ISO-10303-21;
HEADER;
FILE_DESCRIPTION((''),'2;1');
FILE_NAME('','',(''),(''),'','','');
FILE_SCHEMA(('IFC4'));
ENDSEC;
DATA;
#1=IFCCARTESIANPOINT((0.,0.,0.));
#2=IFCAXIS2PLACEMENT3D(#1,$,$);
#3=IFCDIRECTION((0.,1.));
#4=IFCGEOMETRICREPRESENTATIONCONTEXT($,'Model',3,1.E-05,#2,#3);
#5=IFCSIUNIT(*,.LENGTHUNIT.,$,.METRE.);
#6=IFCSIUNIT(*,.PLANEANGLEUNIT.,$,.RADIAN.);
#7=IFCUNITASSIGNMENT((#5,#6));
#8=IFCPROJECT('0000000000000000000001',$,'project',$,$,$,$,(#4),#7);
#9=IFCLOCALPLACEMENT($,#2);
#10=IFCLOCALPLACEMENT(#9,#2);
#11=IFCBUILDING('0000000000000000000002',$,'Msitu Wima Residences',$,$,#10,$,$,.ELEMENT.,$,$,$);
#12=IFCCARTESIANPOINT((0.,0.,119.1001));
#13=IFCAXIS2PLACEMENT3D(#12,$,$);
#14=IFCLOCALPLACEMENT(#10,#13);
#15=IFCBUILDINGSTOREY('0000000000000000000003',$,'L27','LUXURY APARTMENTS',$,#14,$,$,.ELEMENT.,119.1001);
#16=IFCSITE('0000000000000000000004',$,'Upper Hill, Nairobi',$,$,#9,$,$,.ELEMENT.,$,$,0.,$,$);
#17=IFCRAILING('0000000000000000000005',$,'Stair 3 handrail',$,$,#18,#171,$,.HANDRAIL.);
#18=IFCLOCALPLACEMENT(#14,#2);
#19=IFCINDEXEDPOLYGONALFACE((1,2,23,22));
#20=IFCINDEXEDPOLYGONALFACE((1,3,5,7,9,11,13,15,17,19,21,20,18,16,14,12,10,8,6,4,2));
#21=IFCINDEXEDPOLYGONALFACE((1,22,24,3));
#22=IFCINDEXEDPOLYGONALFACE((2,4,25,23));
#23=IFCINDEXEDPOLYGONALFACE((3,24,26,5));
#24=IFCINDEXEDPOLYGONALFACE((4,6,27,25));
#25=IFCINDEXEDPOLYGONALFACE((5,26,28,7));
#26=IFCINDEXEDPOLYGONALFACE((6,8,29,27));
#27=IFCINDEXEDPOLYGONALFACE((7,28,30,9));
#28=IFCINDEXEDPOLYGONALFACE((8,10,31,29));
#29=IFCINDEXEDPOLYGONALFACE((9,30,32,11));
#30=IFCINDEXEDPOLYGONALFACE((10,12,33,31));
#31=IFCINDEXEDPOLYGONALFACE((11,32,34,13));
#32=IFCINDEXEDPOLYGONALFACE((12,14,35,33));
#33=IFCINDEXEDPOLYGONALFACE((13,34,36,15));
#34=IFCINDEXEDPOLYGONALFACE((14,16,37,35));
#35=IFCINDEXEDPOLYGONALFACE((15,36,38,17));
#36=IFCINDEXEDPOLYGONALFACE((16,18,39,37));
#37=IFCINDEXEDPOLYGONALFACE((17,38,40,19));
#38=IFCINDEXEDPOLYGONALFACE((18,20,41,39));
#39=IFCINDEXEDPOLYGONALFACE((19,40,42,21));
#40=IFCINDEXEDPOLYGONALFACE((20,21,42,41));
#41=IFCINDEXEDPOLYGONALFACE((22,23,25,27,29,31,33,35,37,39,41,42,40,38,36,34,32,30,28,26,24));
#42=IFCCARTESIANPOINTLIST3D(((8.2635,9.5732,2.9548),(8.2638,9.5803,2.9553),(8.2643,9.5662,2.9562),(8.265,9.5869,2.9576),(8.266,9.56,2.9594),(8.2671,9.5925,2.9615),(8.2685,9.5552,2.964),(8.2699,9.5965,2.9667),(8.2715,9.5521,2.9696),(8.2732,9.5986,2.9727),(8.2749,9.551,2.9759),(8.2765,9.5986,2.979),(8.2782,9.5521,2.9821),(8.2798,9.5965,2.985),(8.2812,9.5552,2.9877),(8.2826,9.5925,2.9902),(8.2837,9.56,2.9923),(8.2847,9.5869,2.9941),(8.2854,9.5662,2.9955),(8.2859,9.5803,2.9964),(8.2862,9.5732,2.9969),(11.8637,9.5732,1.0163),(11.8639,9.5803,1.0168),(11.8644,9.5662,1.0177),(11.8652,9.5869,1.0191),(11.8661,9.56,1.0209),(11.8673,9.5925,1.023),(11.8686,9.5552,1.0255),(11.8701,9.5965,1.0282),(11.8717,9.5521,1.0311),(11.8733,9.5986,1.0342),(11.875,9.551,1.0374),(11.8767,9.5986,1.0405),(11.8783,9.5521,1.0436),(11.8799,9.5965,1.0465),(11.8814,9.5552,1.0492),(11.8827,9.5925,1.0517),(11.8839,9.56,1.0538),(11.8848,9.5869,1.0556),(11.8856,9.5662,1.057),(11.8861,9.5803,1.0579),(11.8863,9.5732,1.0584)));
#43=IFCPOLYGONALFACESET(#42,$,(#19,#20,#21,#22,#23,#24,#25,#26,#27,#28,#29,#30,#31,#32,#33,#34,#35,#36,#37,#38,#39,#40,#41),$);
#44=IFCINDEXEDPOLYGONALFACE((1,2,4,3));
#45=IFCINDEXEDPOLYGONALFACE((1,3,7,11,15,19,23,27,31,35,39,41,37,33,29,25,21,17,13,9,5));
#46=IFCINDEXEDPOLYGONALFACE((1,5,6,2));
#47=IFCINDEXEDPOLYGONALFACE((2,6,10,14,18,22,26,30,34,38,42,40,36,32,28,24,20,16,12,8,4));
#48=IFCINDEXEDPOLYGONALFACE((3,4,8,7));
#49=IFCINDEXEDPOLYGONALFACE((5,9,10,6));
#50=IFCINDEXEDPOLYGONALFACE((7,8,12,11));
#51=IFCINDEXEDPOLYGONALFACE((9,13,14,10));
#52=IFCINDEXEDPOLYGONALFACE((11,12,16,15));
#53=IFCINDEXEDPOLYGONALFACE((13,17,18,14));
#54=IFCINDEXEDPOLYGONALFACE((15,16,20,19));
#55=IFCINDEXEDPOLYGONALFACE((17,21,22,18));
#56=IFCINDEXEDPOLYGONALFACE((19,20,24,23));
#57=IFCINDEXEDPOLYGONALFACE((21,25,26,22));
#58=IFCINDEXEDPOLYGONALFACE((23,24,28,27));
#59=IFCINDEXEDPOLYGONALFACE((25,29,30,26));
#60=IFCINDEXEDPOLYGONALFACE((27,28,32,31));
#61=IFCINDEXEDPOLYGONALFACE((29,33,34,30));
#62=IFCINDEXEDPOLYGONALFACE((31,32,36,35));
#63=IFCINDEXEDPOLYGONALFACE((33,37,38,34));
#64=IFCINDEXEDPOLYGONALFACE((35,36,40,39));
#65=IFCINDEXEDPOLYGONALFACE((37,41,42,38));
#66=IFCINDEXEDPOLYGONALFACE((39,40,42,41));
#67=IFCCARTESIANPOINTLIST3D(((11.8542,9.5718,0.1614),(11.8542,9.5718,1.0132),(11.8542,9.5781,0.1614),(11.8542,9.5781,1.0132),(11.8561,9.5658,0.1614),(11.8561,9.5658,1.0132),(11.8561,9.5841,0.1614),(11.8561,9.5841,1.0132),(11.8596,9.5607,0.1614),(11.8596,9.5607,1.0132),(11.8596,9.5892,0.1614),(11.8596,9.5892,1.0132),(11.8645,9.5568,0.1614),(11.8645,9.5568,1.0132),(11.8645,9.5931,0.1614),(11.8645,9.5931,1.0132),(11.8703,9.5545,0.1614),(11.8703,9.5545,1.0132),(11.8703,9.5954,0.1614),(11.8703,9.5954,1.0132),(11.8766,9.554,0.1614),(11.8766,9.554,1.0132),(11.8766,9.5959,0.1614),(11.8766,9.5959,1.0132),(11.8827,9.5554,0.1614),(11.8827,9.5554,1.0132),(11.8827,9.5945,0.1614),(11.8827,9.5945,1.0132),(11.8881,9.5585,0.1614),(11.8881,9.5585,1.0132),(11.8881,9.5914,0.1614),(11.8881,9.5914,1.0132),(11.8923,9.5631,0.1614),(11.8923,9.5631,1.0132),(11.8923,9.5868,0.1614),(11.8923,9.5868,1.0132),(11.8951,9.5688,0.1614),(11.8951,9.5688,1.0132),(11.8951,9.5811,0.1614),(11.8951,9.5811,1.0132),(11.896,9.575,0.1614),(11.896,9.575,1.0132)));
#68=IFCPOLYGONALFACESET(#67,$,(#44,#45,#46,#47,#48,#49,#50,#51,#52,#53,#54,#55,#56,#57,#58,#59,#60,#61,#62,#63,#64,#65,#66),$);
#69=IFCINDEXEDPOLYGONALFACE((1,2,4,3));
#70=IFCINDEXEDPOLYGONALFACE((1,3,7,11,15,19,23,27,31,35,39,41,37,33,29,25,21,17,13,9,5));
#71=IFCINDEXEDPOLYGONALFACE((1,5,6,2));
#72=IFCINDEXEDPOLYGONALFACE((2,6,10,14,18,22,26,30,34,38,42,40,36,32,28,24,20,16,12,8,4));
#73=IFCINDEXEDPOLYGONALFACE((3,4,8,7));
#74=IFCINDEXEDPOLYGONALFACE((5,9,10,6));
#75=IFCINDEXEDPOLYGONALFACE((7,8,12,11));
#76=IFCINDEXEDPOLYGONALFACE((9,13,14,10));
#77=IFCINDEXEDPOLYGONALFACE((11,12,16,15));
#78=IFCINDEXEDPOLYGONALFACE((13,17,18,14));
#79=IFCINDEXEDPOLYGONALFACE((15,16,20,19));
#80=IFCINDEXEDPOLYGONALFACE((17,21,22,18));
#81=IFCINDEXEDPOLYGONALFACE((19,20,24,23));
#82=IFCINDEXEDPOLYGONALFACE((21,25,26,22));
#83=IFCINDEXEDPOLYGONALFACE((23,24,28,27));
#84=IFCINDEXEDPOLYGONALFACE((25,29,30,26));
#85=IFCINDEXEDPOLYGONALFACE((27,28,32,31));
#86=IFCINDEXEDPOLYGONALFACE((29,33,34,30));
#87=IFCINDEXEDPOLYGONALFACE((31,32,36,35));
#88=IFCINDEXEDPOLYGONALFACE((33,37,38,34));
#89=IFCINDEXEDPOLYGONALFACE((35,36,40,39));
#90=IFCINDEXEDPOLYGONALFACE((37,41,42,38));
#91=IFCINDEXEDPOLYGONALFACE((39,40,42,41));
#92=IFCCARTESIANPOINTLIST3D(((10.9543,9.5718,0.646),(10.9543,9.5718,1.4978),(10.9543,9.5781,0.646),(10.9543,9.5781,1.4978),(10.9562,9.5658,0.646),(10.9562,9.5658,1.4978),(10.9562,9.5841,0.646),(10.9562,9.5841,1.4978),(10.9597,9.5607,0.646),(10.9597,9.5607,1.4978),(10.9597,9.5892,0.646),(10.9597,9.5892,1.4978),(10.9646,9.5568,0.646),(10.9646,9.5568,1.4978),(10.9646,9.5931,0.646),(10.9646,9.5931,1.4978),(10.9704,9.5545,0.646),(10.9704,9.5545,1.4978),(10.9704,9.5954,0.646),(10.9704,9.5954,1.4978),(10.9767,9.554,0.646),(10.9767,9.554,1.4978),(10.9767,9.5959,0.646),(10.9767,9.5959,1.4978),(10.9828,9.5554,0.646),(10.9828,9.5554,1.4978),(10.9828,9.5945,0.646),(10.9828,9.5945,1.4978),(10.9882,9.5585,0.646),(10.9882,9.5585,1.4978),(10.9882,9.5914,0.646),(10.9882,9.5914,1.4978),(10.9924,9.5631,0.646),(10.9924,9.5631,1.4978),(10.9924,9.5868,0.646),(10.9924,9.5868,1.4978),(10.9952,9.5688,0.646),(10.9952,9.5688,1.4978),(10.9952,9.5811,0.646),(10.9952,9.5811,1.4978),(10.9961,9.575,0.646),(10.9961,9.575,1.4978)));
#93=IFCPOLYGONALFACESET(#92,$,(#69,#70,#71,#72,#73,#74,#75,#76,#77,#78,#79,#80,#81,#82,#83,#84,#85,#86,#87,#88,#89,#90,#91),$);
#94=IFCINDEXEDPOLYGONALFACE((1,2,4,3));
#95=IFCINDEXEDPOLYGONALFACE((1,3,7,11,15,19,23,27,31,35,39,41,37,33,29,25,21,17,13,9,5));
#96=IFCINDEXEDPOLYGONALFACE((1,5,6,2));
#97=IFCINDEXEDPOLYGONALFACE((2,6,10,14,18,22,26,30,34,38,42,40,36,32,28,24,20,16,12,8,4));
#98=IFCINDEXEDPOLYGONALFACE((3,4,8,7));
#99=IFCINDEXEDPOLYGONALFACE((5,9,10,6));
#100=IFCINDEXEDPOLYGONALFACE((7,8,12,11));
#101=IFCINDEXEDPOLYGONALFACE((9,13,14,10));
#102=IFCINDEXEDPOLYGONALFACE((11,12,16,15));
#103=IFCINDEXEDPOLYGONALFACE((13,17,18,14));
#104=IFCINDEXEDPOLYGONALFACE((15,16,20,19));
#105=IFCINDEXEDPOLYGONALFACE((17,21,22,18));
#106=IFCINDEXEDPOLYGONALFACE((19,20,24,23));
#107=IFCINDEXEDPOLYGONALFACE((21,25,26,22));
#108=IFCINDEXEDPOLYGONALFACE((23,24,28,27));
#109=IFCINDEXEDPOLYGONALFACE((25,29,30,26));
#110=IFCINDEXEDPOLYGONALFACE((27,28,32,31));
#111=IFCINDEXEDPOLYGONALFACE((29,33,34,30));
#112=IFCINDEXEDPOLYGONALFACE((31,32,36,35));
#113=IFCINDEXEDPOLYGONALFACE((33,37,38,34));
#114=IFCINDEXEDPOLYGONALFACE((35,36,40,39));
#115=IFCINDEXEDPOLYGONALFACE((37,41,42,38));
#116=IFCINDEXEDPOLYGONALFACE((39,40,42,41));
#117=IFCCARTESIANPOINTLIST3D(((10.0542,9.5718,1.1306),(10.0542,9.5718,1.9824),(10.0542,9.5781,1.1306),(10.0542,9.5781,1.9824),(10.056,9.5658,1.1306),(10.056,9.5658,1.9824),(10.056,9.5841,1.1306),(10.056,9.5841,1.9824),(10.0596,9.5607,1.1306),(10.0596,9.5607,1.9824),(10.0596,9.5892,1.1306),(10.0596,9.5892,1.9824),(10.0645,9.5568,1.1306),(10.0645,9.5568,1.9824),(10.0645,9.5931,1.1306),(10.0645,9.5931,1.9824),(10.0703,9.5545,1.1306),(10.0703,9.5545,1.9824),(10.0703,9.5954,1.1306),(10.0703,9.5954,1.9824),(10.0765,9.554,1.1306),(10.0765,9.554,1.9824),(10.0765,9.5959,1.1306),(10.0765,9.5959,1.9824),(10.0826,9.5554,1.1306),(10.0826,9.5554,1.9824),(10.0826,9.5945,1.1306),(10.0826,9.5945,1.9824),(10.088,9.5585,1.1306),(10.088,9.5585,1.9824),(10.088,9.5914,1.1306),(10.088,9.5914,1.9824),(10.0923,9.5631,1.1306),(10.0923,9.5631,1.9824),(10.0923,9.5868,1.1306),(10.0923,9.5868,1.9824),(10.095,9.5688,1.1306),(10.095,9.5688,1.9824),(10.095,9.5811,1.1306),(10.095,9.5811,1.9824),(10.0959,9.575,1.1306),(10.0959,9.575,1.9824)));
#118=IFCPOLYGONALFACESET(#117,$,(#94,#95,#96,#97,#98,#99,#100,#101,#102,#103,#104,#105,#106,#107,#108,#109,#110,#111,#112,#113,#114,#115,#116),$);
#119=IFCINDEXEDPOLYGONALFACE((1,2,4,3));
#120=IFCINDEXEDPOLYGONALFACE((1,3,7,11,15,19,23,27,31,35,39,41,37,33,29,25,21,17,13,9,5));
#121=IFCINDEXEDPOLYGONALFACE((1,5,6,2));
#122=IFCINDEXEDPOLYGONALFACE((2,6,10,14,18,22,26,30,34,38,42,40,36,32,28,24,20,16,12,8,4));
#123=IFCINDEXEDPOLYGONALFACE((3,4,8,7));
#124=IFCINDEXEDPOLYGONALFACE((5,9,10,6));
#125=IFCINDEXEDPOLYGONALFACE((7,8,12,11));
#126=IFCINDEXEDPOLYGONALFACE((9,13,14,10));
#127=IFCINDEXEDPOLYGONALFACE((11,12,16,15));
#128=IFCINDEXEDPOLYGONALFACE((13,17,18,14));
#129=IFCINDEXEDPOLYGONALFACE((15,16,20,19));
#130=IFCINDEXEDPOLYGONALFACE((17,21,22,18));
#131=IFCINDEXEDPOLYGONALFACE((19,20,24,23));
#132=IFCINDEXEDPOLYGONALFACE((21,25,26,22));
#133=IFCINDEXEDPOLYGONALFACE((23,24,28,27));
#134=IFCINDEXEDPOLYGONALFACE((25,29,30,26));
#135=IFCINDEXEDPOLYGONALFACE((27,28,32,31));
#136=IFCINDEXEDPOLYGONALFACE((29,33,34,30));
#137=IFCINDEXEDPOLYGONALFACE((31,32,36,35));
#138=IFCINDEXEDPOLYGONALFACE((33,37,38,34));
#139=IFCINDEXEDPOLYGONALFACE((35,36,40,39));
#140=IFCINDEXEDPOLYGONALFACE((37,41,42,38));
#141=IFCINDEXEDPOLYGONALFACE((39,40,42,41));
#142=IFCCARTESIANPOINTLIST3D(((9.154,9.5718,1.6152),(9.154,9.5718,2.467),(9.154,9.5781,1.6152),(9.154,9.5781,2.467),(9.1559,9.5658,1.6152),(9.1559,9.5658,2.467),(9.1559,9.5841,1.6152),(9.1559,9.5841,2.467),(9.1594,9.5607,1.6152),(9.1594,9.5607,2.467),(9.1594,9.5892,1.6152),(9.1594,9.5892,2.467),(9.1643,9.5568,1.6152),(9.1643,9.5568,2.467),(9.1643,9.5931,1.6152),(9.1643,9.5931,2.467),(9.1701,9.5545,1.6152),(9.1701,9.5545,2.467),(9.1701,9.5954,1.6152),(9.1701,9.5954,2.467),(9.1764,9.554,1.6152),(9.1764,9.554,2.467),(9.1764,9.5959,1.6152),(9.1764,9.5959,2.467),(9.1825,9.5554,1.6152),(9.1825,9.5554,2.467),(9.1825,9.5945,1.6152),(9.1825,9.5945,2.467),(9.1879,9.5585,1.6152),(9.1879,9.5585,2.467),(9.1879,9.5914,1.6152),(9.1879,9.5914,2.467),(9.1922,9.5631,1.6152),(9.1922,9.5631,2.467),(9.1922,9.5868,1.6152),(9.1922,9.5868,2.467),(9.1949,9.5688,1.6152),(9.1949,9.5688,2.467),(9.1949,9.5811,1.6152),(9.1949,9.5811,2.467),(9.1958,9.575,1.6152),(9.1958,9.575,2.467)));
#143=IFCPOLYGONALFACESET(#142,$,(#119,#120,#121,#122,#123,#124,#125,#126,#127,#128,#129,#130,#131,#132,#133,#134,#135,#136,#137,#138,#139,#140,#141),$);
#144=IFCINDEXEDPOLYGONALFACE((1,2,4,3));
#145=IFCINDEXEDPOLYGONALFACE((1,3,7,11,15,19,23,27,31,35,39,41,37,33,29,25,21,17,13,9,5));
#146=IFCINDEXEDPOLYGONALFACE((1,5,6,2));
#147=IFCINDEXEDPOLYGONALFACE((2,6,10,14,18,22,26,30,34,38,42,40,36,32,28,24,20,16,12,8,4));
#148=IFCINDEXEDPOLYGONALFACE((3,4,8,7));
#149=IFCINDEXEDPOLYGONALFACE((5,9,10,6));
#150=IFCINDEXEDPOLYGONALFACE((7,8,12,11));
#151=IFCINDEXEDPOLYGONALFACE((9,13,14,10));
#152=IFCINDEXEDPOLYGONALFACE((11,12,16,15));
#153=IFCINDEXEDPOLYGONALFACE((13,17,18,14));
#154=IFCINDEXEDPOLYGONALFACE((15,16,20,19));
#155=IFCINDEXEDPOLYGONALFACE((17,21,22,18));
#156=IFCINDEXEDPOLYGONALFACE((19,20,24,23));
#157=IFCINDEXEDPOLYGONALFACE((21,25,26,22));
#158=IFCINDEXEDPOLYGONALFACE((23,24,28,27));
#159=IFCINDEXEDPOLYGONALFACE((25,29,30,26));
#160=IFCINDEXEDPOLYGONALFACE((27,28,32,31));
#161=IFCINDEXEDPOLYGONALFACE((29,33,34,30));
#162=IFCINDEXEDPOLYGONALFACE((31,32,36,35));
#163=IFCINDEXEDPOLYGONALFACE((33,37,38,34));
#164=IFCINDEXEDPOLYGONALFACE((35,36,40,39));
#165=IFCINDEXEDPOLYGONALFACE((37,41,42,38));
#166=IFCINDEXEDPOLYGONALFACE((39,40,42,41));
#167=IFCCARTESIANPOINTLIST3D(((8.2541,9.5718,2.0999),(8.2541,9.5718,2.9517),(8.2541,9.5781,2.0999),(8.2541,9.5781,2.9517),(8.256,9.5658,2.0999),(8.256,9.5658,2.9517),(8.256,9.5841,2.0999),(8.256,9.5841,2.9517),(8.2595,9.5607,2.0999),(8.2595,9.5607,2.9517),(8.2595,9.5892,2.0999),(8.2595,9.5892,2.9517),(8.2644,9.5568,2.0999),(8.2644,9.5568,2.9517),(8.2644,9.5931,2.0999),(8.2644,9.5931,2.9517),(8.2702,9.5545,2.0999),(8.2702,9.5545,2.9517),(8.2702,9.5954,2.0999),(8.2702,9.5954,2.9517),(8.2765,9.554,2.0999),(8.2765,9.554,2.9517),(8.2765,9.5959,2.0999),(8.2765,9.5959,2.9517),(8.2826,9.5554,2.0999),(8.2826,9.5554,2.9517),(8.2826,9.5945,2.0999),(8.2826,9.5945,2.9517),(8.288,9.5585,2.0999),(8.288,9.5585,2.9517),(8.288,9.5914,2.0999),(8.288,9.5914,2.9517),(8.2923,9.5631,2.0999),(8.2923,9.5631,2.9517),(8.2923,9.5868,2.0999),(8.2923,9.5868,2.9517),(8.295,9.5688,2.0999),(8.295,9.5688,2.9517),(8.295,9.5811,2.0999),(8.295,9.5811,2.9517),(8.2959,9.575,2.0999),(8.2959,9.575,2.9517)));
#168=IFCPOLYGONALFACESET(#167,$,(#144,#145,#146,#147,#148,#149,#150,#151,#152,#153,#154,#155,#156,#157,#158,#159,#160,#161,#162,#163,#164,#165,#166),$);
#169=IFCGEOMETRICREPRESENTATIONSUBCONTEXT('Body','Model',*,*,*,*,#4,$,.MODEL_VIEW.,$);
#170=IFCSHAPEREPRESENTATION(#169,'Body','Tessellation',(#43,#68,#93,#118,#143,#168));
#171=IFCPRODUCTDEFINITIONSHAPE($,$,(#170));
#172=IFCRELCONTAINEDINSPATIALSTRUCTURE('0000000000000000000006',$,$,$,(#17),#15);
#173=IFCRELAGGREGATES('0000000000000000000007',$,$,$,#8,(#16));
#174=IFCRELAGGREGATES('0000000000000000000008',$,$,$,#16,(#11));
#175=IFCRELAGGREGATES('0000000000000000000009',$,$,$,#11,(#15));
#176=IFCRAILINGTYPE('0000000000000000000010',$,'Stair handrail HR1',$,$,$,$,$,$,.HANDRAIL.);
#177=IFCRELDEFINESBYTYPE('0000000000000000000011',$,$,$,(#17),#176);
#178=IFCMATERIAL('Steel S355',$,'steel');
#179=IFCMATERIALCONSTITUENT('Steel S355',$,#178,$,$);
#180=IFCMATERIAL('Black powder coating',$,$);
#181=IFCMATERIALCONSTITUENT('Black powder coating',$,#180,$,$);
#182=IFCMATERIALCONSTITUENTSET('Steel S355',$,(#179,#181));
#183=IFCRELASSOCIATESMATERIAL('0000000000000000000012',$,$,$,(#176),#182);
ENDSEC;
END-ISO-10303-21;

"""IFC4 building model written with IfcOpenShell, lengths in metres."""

from ifc_helpers import new_model, si_unit, direction, frame, origin, origin_2d, place, context, subcontext, project, spatial, circle, extrude, material, constituent, constituent_set, type_object, element, save


model = new_model("IFC4")

# Units and contexts
model_context = context("Model", 3, precision=1e-05, world=origin(), true_north=direction((0.0, 1.0)))
body_context = subcontext(model_context, "Body", "Model", "MODEL_VIEW")
ifc_project = project(units=[si_unit("LENGTHUNIT", "METRE"), si_unit("PLANEANGLEUNIT", "RADIAN")], contexts=[model_context])

# Site, building, storey
site_placement = place(None, origin())
site = spatial("IfcSite", under=ifc_project, at=site_placement, Name="Upper Hill, Nairobi", CompositionType="ELEMENT", RefElevation=0.0)
building_placement = place(site_placement, origin())
building = spatial("IfcBuilding", under=site, at=building_placement, Name="Msitu Wima Residences", CompositionType="ELEMENT")
storey_placement = place(building_placement, frame((0.0, 0.0, 119.1001)))
storey = spatial("IfcBuildingStorey", under=building, at=storey_placement, Name="L27", Description="LUXURY APARTMENTS", CompositionType="ELEMENT", Elevation=119.1001)

# Railing
ifc_material_1 = material(Name="Steel S355", Category="steel")
ifc_constituent_1 = constituent(ifc_material_1, Name="Steel S355")
ifc_material_2 = material(Name="Black powder coating")
ifc_constituent_2 = constituent(ifc_material_2, Name="Black powder coating")
ifc_constituent_set = constituent_set(constituents=[ifc_constituent_1, ifc_constituent_2], Name="Steel S355")
railing_type = type_object("IfcRailingType", Name="Stair handrail HR1", PredefinedType="HANDRAIL", material=ifc_constituent_set)
for number, where, name in (
    (1, (11.875, 9.575, 0.1614), "Stair 3 handrail"),
):
    element("IfcRailing", number, at=place(storey_placement, frame(where)), inside=storey, type_object=railing_type, Name=name, PredefinedType="HANDRAIL", context=body_context, shape_type="SweptSolid", body=[
        extrude(circle(Radius=0.0239, at=origin_2d()), frame((0.0, 0.0, 0.876), z_axis=(-0.880475, 0.0, 0.474093), x_axis=(0.0, -1.0, 0.0)), (0.0, 0.0, 1.0), 4.0889),
        extrude(circle(Radius=0.021, at=origin_2d()), origin(), (0.0, 0.0, 1.0), 0.8518),
        extrude(circle(Radius=0.021, at=origin_2d()), frame((-0.8999, 0.0, 0.4846)), (0.0, 0.0, 1.0), 0.8518),
        extrude(circle(Radius=0.021, at=origin_2d()), frame((-1.8, 0.0, 0.9692)), (0.0, 0.0, 1.0), 0.8518),
        extrude(circle(Radius=0.021, at=origin_2d()), frame((-2.7002, 0.0, 1.4539)), (0.0, 0.0, 1.0), 0.8518),
        extrude(circle(Radius=0.021, at=origin_2d()), frame((-3.6001, 0.0, 1.9385)), (0.0, 0.0, 1.0), 0.8518),
    ])

save(model, "model.ifc")
